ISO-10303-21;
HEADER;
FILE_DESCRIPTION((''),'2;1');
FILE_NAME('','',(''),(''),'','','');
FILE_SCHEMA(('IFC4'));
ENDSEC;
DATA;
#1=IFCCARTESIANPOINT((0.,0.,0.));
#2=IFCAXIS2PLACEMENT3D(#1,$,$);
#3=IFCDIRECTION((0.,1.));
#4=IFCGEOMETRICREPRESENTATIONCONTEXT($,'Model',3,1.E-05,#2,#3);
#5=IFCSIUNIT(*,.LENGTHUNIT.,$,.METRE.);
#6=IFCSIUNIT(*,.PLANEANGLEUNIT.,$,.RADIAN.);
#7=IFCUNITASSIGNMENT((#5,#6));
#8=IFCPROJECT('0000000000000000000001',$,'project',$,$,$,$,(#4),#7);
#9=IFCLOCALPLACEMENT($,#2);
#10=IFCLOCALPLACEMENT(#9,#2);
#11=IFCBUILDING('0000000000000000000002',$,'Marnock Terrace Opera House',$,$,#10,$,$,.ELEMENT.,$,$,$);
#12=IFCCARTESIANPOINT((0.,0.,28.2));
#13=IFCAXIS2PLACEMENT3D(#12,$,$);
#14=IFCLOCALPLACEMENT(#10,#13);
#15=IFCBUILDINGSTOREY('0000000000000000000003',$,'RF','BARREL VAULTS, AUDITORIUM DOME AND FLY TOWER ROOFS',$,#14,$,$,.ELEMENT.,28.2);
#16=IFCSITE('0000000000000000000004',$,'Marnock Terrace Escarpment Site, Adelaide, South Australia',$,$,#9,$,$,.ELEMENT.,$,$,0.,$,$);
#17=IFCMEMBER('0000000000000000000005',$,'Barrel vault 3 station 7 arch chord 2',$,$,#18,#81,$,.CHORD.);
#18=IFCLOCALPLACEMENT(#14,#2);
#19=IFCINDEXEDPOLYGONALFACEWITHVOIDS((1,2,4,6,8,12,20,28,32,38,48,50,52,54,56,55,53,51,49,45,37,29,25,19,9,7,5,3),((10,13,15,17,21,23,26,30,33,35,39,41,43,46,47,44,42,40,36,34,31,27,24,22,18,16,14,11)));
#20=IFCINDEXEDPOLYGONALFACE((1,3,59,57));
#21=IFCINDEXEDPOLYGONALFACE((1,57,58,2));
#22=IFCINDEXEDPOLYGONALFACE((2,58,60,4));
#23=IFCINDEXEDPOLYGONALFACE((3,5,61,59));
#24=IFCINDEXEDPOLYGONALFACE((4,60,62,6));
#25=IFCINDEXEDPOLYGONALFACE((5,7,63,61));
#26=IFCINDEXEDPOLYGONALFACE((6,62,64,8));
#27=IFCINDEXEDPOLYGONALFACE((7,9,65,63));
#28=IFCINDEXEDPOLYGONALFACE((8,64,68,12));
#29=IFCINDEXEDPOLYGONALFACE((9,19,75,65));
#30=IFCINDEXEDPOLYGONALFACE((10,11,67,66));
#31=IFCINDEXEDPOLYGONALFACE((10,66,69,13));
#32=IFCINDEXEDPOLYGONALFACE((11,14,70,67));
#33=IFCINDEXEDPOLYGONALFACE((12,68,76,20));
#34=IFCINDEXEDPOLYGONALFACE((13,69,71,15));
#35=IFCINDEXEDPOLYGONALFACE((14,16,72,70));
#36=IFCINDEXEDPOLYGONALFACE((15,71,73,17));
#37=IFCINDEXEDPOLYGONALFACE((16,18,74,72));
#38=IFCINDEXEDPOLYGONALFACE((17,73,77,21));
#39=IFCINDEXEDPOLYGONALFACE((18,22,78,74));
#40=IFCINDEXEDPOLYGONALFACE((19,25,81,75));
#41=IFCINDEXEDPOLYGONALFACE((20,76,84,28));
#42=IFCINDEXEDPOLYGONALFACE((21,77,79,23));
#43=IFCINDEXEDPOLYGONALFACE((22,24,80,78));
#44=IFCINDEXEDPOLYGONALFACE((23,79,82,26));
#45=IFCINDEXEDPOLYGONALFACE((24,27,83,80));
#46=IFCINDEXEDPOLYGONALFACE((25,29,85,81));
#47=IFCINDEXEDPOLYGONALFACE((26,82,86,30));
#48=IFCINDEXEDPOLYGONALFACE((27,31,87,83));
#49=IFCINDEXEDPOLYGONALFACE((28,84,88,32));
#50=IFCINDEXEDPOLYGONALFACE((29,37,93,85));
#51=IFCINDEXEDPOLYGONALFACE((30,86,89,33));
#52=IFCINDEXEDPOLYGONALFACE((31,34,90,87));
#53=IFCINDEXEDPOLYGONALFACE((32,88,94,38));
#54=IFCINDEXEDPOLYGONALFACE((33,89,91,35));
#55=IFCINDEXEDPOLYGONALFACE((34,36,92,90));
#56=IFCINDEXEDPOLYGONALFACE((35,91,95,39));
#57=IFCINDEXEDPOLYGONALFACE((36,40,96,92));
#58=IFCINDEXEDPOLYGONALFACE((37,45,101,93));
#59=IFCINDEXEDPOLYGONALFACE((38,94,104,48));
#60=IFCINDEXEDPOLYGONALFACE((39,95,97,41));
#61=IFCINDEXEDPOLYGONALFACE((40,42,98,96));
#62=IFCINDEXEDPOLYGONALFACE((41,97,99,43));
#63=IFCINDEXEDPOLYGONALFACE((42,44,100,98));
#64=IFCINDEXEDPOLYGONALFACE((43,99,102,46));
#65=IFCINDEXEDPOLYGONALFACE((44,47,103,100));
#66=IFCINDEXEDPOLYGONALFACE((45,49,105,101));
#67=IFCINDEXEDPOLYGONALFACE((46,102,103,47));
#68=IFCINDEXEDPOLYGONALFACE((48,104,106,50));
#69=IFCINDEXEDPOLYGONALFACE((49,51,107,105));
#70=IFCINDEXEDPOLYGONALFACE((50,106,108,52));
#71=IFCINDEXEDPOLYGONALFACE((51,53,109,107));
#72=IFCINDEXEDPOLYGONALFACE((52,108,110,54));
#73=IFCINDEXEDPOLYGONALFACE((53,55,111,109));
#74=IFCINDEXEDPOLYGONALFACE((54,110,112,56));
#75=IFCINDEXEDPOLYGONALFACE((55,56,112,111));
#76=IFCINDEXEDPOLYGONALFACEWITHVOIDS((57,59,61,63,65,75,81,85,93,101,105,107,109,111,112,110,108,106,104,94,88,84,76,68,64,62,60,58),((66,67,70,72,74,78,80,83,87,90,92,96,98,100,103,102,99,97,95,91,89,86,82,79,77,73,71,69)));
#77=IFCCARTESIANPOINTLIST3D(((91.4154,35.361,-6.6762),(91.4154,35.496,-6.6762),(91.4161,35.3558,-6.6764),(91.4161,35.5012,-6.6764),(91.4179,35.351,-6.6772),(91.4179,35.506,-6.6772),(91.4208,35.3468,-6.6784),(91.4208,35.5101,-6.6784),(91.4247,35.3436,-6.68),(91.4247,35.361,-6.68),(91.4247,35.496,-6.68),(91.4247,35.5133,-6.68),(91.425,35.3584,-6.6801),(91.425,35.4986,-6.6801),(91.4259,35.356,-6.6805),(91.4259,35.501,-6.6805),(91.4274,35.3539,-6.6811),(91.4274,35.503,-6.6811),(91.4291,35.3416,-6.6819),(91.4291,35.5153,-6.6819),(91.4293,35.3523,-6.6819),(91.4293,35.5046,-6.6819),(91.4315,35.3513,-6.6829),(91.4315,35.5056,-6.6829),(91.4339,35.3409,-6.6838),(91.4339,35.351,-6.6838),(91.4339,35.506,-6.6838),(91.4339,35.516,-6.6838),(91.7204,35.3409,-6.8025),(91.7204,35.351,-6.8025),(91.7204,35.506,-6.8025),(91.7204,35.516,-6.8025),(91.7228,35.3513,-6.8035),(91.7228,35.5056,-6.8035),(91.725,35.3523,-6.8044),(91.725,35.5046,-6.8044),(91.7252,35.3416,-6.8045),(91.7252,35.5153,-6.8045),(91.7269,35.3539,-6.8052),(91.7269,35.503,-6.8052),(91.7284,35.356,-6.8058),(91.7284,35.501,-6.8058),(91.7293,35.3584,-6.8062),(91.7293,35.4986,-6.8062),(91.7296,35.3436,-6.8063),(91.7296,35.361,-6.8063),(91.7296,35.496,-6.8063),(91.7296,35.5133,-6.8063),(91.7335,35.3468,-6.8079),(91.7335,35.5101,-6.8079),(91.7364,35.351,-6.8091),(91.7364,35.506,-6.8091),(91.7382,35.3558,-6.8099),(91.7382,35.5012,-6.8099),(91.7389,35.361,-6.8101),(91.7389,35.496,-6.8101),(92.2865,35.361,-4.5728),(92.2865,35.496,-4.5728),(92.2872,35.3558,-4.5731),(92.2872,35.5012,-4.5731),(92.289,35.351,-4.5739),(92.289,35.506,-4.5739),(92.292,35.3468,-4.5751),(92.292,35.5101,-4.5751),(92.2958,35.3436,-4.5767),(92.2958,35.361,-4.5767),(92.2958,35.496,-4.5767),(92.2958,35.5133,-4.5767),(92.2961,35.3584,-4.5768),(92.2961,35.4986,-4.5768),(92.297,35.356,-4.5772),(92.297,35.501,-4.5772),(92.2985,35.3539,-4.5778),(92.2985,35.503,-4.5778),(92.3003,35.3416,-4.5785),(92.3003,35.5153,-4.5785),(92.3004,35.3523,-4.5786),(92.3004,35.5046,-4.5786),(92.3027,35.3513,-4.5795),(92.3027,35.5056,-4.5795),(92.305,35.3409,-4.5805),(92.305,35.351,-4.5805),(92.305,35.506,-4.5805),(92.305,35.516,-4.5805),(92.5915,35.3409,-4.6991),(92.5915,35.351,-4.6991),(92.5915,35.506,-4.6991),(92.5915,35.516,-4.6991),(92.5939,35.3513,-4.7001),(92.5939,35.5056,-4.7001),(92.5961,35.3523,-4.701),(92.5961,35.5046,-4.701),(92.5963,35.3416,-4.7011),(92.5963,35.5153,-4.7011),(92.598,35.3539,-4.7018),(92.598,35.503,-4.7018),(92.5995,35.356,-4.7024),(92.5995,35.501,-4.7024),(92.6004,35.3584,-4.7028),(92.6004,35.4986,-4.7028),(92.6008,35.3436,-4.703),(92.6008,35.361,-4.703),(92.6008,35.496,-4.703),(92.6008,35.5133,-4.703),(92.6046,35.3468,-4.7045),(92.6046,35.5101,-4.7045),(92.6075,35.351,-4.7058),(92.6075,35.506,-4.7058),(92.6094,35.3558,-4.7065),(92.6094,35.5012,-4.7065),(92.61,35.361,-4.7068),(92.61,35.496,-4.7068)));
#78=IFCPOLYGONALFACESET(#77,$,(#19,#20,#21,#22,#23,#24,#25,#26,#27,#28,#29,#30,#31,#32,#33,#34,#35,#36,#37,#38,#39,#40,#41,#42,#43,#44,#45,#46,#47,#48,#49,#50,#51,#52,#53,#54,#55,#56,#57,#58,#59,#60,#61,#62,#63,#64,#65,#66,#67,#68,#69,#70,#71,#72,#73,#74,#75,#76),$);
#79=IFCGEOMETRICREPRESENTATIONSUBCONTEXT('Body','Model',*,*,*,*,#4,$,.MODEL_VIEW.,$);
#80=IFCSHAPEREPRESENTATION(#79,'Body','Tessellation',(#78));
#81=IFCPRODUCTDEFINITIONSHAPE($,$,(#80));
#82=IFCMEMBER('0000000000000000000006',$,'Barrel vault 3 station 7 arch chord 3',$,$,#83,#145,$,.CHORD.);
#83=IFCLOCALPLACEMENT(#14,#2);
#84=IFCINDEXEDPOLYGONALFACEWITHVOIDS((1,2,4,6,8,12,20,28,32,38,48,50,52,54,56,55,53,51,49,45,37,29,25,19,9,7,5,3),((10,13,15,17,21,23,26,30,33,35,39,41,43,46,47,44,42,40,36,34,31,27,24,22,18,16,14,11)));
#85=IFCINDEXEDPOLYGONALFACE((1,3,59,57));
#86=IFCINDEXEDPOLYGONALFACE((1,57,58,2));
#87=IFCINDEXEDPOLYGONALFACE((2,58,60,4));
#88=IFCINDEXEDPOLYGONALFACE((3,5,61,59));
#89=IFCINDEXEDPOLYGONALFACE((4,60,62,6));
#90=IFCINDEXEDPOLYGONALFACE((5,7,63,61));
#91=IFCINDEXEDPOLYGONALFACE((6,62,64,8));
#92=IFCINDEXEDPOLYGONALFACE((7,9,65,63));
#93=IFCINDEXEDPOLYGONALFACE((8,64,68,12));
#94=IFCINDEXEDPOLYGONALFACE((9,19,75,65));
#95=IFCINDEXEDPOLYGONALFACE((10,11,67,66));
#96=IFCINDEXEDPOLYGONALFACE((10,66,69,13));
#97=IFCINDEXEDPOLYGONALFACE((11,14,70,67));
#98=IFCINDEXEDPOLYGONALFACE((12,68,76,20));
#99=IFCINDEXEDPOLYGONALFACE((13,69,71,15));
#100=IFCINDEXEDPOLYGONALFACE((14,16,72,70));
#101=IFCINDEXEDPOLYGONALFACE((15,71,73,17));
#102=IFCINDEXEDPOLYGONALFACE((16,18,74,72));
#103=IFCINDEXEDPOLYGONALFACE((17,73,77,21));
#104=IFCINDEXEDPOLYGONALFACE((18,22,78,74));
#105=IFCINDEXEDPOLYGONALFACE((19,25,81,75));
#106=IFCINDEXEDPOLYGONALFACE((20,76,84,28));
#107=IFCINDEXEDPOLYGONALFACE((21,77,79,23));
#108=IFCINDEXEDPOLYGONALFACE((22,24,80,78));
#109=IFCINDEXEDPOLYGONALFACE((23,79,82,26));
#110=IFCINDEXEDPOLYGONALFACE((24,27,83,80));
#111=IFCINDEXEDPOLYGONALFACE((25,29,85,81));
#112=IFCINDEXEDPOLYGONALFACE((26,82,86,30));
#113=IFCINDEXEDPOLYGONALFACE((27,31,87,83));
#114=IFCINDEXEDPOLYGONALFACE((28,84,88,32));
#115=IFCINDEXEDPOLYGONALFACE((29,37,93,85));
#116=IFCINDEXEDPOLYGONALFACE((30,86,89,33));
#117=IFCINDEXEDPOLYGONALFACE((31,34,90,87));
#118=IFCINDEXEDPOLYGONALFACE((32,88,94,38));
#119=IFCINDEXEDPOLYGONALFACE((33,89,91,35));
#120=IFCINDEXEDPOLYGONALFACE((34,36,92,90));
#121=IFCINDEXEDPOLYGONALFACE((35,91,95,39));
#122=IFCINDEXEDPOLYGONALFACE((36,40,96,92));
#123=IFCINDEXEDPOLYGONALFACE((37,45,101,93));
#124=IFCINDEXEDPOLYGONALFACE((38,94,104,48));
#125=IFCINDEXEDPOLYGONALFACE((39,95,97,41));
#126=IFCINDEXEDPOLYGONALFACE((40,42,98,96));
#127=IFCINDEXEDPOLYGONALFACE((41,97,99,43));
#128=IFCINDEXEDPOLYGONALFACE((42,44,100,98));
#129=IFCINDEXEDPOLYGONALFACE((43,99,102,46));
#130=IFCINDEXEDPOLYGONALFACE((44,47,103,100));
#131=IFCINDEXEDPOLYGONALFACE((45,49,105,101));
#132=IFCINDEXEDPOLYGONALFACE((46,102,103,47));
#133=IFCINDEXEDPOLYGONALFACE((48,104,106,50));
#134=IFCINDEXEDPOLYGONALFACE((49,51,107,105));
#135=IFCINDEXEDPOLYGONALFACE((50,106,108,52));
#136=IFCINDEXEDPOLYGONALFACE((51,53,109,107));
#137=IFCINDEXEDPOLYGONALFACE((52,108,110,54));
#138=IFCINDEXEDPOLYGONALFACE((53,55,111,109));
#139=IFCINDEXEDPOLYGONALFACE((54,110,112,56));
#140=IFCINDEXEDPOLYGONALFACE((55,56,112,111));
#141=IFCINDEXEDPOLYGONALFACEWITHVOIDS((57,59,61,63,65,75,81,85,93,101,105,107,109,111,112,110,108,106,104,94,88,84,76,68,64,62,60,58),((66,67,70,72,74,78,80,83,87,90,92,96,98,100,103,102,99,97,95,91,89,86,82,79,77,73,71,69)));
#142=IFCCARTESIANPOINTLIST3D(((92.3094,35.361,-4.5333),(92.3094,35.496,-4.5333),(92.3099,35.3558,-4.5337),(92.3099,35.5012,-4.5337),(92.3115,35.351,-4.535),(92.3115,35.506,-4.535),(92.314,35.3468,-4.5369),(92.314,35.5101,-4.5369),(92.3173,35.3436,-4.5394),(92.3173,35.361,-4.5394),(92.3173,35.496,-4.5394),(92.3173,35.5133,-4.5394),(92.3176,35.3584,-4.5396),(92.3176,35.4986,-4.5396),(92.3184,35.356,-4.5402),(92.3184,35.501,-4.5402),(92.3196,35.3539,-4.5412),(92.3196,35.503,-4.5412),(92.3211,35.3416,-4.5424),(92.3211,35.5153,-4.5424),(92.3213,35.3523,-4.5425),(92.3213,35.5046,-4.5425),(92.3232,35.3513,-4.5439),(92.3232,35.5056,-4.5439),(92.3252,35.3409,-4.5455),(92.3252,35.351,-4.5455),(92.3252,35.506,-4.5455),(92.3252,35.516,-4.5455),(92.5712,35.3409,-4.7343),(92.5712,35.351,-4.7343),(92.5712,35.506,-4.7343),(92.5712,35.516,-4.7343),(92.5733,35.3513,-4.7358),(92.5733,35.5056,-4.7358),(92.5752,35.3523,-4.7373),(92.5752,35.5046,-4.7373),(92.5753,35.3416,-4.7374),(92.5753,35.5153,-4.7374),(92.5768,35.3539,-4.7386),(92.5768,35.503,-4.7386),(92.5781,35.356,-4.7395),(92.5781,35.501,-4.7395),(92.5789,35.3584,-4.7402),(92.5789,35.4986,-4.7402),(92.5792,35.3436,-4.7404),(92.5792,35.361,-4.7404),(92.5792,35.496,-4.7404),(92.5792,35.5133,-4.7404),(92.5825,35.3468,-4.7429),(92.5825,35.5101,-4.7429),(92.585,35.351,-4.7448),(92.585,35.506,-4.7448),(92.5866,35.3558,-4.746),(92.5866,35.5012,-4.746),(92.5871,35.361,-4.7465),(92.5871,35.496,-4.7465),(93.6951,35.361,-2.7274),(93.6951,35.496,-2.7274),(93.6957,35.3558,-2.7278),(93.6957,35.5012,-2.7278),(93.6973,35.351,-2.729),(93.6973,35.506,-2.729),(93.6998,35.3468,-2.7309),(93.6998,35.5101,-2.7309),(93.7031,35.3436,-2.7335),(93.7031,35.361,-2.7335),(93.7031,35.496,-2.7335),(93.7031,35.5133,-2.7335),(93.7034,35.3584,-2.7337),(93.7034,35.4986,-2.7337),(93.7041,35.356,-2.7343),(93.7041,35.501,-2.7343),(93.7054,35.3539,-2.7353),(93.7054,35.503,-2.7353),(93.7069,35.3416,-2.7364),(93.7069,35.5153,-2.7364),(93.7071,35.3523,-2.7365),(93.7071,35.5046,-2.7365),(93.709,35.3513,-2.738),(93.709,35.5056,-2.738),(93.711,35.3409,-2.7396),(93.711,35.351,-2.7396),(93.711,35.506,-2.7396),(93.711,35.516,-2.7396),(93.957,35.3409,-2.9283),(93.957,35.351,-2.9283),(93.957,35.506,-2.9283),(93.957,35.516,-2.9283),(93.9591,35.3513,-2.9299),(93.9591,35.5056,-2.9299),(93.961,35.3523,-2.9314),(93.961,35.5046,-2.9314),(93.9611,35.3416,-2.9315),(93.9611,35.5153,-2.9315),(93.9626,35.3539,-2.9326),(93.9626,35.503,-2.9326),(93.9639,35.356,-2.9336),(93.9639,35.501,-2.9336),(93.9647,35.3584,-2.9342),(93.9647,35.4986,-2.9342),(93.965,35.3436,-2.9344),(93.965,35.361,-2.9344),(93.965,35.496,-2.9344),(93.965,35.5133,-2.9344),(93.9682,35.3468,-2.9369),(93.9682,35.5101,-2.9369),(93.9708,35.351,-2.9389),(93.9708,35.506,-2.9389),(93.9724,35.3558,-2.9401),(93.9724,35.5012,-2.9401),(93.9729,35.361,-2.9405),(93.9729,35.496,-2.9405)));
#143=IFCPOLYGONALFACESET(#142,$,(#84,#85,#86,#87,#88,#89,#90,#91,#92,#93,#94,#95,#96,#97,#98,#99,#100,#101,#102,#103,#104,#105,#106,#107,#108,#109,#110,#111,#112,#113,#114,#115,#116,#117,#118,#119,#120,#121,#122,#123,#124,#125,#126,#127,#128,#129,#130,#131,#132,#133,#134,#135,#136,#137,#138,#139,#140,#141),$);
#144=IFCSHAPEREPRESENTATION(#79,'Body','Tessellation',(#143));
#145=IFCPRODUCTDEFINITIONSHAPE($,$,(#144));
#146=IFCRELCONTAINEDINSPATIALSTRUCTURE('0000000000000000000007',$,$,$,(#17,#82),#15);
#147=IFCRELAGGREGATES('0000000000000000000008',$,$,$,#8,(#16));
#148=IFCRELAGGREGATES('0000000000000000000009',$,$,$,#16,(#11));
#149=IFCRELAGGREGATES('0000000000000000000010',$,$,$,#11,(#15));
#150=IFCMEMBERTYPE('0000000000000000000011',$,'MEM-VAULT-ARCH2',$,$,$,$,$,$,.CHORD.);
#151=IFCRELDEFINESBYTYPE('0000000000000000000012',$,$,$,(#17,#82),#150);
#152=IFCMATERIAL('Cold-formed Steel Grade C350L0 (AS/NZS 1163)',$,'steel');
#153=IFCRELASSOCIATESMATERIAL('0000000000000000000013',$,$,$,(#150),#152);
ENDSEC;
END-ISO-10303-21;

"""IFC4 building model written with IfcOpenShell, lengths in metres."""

from ifc_helpers import new_model, si_unit, direction, frame, origin, origin_2d, place, context, subcontext, project, spatial, hollow_rectangle, extrude, material, material_profile, profile_set, type_object, element, save


model = new_model("IFC4")

# Units and contexts
model_context = context("Model", 3, precision=1e-05, world=origin(), true_north=direction((0.0, 1.0)))
body_context = subcontext(model_context, "Body", "Model", "MODEL_VIEW")
ifc_project = project(units=[si_unit("LENGTHUNIT", "METRE"), si_unit("PLANEANGLEUNIT", "RADIAN")], contexts=[model_context])

# Site, building, storey
site_placement = place(None, origin())
site = spatial("IfcSite", under=ifc_project, at=site_placement, Name="Marnock Terrace Escarpment Site, Adelaide, South Australia", CompositionType="ELEMENT", RefElevation=0.0)
building_placement = place(site_placement, origin())
building = spatial("IfcBuilding", under=site, at=building_placement, Name="Marnock Terrace Opera House", CompositionType="ELEMENT")
storey_placement = place(building_placement, frame((0.0, 0.0, 28.2)))
storey = spatial("IfcBuildingStorey", under=building, at=storey_placement, Name="RF", Description="BARREL VAULTS, AUDITORIUM DOME AND FLY TOWER ROOFS", CompositionType="ELEMENT", Elevation=28.2)

# Members
ifc_material = material(Name="Cold-formed Steel Grade C350L0 (AS/NZS 1163)", Category="steel")
ifc_material_profile_1 = material_profile(ifc_material, hollow_rectangle(XDim=0.175, YDim=0.3501, WallThickness=0.01, InnerFilletRadius=0.01, OuterFilletRadius=0.02, at=origin_2d()))
ifc_profile_set_1 = profile_set([ifc_material_profile_1], Name="Cold-formed Steel Grade C350L0 (AS/NZS 1163)")
member_type_1 = type_object("IfcMemberType", Name="MEM-VAULT-ARCH2", PredefinedType="CHORD", material=ifc_profile_set_1)
member_1_placement = place(storey_placement, frame((91.5771, 35.4285, -6.7432), z_axis=(0.382642, 0.0, 0.923897), x_axis=(0.0, 1.0, 0.0)))
element("IfcMember", 1, at=member_1_placement, inside=storey, type_object=member_type_1, Name="Barrel vault 3 station 7 arch chord 2", PredefinedType="CHORD", context=body_context, shape_type="SweptSolid", body=[
    extrude(hollow_rectangle(XDim=0.175, YDim=0.3501, WallThickness=0.01, InnerFilletRadius=0.01, OuterFilletRadius=0.02, at=origin_2d()), origin(), (0.0, 0.0, 1.0), 2.2766),
])
member_2_placement = place(storey_placement, frame((92.4482, 35.4285, -4.6399), z_axis=(0.608767, 0.0, 0.793349), x_axis=(0.0, 1.0, 0.0)))
element("IfcMember", 2, at=member_2_placement, inside=storey, type_object=member_type_1, Name="Barrel vault 3 station 7 arch chord 3", PredefinedType="CHORD", context=body_context, shape_type="SweptSolid", body=[
    extrude(hollow_rectangle(XDim=0.175, YDim=0.3501, WallThickness=0.01, InnerFilletRadius=0.01, OuterFilletRadius=0.02, at=origin_2d()), origin(), (0.0, 0.0, 1.0), 2.2764),
])

save(model, "model.ifc")
